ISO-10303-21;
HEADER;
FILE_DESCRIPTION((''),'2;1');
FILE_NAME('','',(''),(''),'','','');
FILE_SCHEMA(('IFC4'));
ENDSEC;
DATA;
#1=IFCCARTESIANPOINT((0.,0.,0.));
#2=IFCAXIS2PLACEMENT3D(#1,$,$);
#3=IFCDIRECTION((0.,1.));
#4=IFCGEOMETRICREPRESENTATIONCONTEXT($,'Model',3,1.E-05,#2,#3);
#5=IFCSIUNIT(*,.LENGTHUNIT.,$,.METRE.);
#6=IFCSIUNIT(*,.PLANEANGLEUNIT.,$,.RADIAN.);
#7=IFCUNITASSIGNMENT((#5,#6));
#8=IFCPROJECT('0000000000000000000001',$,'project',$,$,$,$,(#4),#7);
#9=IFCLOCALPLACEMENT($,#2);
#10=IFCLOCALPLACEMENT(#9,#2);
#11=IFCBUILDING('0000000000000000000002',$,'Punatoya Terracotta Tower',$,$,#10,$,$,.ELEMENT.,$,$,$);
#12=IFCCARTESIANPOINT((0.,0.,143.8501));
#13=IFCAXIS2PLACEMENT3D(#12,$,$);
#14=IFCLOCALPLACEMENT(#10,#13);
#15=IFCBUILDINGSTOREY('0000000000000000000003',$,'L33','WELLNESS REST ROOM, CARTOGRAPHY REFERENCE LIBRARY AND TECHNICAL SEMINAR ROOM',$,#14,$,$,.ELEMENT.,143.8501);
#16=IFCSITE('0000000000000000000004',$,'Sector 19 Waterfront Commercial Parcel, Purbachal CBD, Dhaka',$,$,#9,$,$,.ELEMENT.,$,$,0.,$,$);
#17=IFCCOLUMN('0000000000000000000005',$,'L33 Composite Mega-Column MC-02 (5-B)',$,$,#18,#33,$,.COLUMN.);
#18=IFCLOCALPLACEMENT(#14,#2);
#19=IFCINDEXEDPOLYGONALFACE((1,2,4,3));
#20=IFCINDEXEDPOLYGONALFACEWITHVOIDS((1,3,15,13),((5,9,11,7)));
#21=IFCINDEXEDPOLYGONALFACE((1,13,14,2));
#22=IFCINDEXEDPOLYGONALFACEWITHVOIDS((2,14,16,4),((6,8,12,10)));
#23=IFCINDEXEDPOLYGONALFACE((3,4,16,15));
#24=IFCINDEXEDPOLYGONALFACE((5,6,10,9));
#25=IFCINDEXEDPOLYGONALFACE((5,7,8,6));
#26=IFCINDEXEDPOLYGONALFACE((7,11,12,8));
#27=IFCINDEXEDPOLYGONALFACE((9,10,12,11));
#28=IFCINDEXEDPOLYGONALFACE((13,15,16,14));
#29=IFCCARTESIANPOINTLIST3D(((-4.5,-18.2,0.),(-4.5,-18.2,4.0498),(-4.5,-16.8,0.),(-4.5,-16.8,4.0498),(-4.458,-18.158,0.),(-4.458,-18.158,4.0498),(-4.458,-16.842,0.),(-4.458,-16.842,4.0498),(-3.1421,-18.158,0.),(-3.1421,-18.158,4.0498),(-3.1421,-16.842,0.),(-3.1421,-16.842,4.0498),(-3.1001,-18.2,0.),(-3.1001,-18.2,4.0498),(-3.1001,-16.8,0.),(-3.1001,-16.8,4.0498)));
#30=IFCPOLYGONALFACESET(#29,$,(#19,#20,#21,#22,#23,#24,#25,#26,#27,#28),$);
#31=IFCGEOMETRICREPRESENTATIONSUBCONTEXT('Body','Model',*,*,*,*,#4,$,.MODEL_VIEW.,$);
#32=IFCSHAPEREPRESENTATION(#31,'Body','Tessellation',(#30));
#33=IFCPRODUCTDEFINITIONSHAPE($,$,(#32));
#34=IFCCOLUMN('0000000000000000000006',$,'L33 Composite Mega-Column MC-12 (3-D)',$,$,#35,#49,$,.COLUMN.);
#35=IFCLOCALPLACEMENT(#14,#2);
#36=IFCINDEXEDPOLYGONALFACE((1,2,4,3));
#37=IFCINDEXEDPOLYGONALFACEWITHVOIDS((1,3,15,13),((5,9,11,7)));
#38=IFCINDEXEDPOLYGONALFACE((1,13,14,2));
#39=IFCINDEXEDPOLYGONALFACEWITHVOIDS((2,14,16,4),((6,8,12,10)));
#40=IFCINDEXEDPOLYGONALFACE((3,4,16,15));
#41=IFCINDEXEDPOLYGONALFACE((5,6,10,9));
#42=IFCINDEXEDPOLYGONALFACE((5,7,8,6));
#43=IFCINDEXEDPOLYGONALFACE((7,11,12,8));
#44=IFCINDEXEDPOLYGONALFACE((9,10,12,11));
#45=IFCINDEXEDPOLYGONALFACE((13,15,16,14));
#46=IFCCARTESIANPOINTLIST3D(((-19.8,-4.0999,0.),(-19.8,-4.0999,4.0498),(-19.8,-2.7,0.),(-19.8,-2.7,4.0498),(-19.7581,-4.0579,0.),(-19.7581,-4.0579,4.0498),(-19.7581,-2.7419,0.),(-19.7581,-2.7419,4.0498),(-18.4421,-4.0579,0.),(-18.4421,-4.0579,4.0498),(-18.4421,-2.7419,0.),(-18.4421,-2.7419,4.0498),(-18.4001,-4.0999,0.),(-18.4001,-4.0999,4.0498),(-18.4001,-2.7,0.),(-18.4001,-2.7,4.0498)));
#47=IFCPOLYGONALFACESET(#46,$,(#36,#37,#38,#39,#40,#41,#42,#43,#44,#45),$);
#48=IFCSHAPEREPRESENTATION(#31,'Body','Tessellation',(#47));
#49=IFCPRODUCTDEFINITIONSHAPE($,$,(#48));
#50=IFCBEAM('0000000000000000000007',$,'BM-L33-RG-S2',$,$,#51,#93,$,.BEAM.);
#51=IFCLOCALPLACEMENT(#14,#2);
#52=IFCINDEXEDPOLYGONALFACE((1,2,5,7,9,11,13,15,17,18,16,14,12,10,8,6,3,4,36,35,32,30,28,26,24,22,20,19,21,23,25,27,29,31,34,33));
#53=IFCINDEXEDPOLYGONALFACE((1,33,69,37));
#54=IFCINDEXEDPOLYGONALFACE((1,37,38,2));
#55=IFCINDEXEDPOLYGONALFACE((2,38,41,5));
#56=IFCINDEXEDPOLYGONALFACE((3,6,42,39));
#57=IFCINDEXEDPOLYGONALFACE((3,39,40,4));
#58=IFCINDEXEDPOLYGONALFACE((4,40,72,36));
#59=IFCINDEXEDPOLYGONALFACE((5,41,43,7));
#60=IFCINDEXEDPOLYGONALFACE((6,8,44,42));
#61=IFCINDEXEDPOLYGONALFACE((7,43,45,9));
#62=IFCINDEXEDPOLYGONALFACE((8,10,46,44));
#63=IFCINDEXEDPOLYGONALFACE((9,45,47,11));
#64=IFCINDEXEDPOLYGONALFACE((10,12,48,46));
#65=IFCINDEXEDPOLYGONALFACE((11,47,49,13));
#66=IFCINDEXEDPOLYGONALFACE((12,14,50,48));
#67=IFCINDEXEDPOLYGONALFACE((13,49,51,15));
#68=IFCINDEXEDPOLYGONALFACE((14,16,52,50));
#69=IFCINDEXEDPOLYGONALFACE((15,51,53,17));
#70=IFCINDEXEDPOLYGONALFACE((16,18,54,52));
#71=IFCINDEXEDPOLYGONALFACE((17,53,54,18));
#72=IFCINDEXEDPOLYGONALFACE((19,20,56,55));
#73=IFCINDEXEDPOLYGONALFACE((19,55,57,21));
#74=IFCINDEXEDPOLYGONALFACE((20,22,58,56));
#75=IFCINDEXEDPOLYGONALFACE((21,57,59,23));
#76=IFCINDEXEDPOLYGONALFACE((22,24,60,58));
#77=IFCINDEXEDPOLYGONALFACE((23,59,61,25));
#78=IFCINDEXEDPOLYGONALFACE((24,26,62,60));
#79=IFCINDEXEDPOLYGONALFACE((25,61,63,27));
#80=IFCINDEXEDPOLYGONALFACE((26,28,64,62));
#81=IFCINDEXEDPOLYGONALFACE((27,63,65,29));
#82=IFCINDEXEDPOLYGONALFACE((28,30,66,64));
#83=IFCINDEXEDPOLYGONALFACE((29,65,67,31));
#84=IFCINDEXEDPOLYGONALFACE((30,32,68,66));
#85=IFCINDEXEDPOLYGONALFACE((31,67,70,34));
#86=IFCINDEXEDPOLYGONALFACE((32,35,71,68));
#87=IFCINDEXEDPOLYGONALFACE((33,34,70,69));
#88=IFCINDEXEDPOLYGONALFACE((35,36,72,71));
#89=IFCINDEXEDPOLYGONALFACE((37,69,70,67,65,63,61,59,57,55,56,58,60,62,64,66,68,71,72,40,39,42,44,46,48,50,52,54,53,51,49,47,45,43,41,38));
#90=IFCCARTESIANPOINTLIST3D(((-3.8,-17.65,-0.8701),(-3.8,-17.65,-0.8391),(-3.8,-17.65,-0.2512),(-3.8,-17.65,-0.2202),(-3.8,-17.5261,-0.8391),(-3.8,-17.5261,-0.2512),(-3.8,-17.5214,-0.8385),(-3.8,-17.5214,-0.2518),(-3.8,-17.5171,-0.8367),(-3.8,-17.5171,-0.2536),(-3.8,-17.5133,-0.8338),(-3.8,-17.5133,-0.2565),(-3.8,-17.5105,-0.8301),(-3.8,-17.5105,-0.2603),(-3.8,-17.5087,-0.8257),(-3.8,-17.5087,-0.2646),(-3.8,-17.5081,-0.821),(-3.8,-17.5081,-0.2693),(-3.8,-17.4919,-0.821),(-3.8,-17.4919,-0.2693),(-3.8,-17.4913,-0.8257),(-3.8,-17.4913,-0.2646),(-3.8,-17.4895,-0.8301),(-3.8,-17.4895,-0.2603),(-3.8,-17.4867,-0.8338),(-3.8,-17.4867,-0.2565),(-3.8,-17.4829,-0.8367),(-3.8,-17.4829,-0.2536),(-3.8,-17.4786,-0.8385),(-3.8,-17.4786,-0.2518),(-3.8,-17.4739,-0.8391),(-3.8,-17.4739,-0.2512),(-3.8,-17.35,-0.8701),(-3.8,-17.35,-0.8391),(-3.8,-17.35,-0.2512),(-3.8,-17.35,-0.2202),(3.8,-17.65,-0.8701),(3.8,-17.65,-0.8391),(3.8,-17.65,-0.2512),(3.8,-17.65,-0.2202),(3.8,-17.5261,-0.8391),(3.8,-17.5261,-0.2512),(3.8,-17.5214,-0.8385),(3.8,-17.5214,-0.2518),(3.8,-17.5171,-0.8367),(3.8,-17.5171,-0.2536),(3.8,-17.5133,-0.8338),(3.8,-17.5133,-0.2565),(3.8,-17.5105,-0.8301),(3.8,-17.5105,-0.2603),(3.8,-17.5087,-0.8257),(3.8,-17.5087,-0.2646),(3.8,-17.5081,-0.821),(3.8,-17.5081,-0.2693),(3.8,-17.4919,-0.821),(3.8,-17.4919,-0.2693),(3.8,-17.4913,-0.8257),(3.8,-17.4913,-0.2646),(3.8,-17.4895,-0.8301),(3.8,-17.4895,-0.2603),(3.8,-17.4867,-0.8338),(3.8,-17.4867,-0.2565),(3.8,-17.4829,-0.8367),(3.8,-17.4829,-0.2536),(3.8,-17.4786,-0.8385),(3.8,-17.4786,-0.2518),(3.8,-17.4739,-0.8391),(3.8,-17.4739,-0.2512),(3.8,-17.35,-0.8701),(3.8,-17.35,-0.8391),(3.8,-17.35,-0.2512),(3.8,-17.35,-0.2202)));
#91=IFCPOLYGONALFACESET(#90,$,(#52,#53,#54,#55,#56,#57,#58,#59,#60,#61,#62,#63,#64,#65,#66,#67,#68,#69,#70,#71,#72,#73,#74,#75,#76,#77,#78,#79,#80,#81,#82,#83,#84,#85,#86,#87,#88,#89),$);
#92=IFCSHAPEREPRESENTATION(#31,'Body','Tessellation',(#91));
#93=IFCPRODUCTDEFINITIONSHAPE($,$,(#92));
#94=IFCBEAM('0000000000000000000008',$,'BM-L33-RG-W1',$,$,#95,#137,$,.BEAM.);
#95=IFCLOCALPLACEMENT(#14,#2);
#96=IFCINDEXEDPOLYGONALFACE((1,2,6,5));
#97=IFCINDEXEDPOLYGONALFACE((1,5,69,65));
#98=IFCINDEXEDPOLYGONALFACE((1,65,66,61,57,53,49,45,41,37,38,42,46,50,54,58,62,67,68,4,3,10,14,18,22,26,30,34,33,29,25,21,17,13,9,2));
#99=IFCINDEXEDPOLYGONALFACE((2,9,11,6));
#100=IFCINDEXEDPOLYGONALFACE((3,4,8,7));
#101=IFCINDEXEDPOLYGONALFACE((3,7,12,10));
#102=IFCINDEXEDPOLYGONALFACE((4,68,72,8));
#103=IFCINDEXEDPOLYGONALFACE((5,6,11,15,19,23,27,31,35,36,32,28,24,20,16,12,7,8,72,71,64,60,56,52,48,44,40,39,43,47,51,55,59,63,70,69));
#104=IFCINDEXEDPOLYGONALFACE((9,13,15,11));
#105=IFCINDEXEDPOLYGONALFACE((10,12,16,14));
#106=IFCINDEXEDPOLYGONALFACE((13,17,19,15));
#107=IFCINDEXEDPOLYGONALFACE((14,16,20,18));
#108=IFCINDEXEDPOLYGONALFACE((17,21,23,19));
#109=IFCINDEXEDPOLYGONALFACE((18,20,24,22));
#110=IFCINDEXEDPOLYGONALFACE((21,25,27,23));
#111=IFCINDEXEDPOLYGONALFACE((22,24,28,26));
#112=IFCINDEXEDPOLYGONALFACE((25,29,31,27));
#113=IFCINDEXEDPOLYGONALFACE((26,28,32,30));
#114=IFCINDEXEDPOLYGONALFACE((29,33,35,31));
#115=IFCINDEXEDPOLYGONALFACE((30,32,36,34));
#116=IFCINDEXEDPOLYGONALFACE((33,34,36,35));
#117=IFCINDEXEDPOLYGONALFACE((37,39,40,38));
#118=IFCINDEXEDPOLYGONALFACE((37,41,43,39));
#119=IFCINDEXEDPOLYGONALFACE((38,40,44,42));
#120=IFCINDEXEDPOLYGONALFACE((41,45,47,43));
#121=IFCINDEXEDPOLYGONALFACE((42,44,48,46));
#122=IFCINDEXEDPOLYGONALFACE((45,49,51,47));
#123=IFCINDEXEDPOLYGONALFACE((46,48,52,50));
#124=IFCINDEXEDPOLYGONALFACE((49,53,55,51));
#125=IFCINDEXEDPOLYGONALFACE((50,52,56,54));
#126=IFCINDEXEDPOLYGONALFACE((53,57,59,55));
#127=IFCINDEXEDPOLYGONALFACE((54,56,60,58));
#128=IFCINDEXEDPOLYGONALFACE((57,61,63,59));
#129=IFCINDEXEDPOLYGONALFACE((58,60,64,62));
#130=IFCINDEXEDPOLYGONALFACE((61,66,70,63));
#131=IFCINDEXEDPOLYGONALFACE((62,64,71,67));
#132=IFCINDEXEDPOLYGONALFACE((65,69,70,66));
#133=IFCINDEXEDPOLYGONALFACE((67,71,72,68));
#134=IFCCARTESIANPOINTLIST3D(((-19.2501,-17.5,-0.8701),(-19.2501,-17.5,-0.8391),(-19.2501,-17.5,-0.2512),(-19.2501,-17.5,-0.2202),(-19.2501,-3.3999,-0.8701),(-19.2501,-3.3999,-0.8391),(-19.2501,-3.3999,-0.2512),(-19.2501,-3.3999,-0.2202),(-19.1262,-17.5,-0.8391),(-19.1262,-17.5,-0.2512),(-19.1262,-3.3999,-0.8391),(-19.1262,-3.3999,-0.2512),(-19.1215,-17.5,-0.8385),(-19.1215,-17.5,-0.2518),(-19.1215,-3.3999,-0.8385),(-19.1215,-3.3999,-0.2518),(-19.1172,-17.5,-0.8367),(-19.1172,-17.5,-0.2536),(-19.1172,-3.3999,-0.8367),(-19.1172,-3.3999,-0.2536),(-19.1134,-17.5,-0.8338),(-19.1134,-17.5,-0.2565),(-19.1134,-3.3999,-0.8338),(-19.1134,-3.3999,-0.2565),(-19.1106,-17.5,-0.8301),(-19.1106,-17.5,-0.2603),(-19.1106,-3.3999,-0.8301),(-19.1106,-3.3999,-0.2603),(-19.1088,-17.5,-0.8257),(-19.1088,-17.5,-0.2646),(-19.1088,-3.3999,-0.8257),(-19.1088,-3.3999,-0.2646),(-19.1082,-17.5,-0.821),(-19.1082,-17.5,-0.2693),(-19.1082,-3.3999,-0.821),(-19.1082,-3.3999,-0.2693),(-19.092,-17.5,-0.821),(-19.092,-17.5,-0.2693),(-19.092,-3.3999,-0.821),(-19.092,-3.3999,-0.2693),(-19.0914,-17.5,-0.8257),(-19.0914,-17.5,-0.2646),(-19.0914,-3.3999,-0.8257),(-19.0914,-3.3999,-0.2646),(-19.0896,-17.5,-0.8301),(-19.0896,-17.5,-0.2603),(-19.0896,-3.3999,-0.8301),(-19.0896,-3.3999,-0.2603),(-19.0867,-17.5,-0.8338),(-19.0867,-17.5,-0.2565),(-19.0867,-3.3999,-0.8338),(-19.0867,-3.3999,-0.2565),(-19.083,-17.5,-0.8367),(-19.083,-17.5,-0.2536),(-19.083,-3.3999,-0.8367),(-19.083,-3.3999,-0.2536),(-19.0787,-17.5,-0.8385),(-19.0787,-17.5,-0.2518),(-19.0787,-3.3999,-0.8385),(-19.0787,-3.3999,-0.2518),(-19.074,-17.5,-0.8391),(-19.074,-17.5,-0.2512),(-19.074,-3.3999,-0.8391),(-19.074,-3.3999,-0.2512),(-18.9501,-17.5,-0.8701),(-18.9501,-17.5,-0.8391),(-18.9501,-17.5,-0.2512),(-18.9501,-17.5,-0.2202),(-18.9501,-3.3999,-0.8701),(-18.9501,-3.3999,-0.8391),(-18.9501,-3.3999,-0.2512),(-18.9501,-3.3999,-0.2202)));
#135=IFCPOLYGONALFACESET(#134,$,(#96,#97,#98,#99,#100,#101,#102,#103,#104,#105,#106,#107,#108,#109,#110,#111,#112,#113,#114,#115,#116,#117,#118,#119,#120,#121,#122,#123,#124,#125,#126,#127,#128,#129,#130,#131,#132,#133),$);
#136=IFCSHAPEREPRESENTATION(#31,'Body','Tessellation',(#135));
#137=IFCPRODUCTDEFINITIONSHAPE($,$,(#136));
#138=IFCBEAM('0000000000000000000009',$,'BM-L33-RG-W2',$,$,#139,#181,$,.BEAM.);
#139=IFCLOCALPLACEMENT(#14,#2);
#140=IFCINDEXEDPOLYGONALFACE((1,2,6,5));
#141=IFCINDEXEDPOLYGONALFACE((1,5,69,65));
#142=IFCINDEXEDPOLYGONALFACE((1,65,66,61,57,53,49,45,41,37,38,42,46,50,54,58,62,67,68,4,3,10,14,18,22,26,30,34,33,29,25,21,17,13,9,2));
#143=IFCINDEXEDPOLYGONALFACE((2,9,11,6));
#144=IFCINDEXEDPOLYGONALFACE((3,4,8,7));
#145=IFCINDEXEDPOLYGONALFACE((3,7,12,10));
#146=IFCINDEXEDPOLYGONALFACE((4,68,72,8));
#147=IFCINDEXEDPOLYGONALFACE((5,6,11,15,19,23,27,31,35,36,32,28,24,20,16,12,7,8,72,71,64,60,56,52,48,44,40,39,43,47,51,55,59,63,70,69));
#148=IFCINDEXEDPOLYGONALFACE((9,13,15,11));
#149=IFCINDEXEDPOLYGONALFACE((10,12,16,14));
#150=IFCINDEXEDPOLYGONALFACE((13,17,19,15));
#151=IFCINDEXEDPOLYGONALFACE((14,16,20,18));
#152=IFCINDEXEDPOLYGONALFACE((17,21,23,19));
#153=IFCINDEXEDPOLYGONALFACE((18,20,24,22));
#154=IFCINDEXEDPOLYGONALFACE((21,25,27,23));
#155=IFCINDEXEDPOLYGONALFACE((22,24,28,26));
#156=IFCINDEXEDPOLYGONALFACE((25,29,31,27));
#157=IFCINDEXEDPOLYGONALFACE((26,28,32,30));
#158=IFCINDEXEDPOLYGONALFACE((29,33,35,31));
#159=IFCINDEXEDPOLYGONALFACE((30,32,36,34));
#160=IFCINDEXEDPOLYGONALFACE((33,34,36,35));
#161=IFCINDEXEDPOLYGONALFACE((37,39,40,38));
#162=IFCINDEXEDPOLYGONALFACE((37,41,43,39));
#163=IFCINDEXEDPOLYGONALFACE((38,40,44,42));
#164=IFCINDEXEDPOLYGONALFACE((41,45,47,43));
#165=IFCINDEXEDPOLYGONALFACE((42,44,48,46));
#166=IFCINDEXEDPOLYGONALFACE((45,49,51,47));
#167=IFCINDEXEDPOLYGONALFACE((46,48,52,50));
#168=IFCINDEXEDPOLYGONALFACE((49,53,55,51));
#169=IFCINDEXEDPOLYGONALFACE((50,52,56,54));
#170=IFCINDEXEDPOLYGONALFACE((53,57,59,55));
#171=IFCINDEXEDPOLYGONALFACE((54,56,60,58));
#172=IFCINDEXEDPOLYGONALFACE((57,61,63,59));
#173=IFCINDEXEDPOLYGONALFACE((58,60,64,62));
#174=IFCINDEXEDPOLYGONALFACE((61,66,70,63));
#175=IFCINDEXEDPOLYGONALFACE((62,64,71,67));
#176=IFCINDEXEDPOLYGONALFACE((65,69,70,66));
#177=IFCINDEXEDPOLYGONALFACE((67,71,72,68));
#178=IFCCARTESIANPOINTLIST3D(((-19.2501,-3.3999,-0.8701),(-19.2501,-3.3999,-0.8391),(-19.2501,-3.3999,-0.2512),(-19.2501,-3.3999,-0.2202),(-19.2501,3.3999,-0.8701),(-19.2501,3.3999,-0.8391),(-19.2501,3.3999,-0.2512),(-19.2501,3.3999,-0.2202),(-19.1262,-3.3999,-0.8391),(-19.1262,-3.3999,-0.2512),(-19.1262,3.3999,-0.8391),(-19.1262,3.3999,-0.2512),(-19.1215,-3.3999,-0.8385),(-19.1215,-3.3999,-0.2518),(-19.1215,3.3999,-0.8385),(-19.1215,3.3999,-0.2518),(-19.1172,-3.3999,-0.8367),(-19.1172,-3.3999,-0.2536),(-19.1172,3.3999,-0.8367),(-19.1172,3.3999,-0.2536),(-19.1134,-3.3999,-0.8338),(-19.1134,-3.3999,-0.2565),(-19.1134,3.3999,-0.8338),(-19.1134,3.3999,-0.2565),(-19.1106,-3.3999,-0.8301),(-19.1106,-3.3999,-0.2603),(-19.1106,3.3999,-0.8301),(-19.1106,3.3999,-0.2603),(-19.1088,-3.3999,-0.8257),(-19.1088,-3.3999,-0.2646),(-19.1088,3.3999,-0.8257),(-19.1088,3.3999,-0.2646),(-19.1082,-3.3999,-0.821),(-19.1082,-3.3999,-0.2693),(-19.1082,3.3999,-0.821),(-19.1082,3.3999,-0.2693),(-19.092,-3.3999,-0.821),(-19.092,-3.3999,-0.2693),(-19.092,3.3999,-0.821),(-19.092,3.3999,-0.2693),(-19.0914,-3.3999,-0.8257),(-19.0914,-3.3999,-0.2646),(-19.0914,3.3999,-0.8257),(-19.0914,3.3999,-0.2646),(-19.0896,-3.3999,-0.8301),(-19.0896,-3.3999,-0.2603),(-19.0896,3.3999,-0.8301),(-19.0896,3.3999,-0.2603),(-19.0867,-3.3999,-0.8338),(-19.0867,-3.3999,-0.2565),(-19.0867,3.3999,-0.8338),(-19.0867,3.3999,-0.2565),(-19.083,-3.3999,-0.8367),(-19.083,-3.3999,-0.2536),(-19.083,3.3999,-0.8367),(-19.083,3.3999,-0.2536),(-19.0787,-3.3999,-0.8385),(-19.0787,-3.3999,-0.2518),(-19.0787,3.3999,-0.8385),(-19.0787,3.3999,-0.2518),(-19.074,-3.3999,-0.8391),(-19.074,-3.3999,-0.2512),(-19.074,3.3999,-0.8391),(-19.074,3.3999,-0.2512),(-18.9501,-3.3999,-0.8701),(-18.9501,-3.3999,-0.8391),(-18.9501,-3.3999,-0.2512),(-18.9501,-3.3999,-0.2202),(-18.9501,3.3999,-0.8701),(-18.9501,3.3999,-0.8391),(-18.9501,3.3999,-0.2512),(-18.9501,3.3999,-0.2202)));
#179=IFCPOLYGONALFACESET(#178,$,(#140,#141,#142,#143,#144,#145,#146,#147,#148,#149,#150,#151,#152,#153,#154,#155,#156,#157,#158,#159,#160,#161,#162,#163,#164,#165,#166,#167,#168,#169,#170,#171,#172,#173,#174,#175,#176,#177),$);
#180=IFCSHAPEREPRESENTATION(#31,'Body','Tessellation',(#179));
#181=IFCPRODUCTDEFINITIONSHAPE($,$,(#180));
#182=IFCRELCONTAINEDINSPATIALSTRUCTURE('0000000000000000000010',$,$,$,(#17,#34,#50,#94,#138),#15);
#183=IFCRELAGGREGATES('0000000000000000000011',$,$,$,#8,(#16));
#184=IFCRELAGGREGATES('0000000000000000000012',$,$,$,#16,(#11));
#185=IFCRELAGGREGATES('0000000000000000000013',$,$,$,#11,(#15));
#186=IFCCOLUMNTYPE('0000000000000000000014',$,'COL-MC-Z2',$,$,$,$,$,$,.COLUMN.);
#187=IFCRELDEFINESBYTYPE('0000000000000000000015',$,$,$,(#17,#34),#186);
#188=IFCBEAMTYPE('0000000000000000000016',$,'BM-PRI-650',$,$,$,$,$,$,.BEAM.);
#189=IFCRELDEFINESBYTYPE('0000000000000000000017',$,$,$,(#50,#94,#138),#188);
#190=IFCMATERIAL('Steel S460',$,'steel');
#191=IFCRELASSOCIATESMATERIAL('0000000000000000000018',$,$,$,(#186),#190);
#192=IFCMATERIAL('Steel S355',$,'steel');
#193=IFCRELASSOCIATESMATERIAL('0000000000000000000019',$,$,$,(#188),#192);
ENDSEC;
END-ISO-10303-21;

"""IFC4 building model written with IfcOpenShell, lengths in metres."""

from ifc_helpers import new_model, si_unit, direction, frame, origin, origin_2d, place, context, subcontext, project, spatial, hollow_rectangle, i_section, extrude, material, material_profile, profile_set, type_object, element, save


model = new_model("IFC4")

# Units and contexts
model_context = context("Model", 3, precision=1e-05, world=origin(), true_north=direction((0.0, 1.0)))
body_context = subcontext(model_context, "Body", "Model", "MODEL_VIEW")
ifc_project = project(units=[si_unit("LENGTHUNIT", "METRE"), si_unit("PLANEANGLEUNIT", "RADIAN")], contexts=[model_context])

# Site, building, storey
site_placement = place(None, origin())
site = spatial("IfcSite", under=ifc_project, at=site_placement, Name="Sector 19 Waterfront Commercial Parcel, Purbachal CBD, Dhaka", CompositionType="ELEMENT", RefElevation=0.0)
building_placement = place(site_placement, origin())
building = spatial("IfcBuilding", under=site, at=building_placement, Name="Punatoya Terracotta Tower", CompositionType="ELEMENT")
storey_placement = place(building_placement, frame((0.0, 0.0, 143.8501)))
storey = spatial("IfcBuildingStorey", under=building, at=storey_placement, Name="L33", Description="WELLNESS REST ROOM, CARTOGRAPHY REFERENCE LIBRARY AND TECHNICAL SEMINAR ROOM", CompositionType="ELEMENT", Elevation=143.8501)

# Columns
ifc_material_1 = material(Name="Steel S460", Category="steel")
ifc_material_profile_1 = material_profile(ifc_material_1, hollow_rectangle(XDim=1.3999, YDim=1.3999, WallThickness=0.042, at=origin_2d()))
ifc_profile_set_1 = profile_set([ifc_material_profile_1], Name="Steel S460")
column_type = type_object("IfcColumnType", Name="COL-MC-Z2", PredefinedType="COLUMN", material=ifc_profile_set_1)
for number, where, z_axis, x_axis, name in (
    (1, (-3.8, -17.5, 0.0), (0.0, 0.0, 1.0), (1.0, 0.0, 0.0), "L33 Composite Mega-Column MC-02 (5-B)"),
    (2, (-19.1001, -3.3999, 0.0), (0.0, 0.0, 1.0), (1.0, 0.0, 0.0), "L33 Composite Mega-Column MC-12 (3-D)"),
):
    element("IfcColumn", number, at=place(storey_placement, frame(where, z_axis=z_axis, x_axis=x_axis)), inside=storey, type_object=column_type, Name=name, PredefinedType="COLUMN", context=body_context, shape_type="SweptSolid", body=[
        extrude(hollow_rectangle(XDim=1.3999, YDim=1.3999, WallThickness=0.042, at=origin_2d()), origin(), (0.0, 0.0, 1.0), 4.0498),
    ])

# Beams
ifc_material_2 = material(Name="Steel S355", Category="steel")
ifc_material_profile_2 = material_profile(ifc_material_2, i_section(OverallWidth=0.3, OverallDepth=0.6499, WebThickness=0.0161, FlangeThickness=0.031, FilletRadius=0.0181, at=origin_2d()))
ifc_profile_set_2 = profile_set([ifc_material_profile_2], Name="Steel S355")
beam_type_1 = type_object("IfcBeamType", Name="BM-PRI-650", PredefinedType="BEAM", material=ifc_profile_set_2)
beam_1_placement = place(storey_placement, frame((-3.8, -17.5, -0.5452), z_axis=(1.0, 0.0, 0.0), x_axis=(0.0, 1.0, 0.0)))
element("IfcBeam", 3, at=beam_1_placement, inside=storey, type_object=beam_type_1, Name="BM-L33-RG-S2", PredefinedType="BEAM", context=body_context, shape_type="SweptSolid", body=[
    extrude(i_section(OverallWidth=0.3, OverallDepth=0.6499, WebThickness=0.0161, FlangeThickness=0.031, FilletRadius=0.0181, at=origin_2d()), origin(), (0.0, 0.0, 1.0), 7.6001),
])
beam_2_placement = place(storey_placement, frame((-19.1001, -17.5, -0.5452), z_axis=(0.0, 1.0, 0.0), x_axis=(-1.0, 0.0, 0.0)))
element("IfcBeam", 4, at=beam_2_placement, inside=storey, type_object=beam_type_1, Name="BM-L33-RG-W1", PredefinedType="BEAM", context=body_context, shape_type="SweptSolid", body=[
    extrude(i_section(OverallWidth=0.3, OverallDepth=0.6499, WebThickness=0.0161, FlangeThickness=0.031, FilletRadius=0.0181, at=origin_2d()), origin(), (0.0, 0.0, 1.0), 14.1001),
])
beam_3_placement = place(storey_placement, frame((-19.1001, -3.3999, -0.5452), z_axis=(0.0, 1.0, 0.0), x_axis=(-1.0, 0.0, 0.0)))
element("IfcBeam", 5, at=beam_3_placement, inside=storey, type_object=beam_type_1, Name="BM-L33-RG-W2", PredefinedType="BEAM", context=body_context, shape_type="SweptSolid", body=[
    extrude(i_section(OverallWidth=0.3, OverallDepth=0.6499, WebThickness=0.0161, FlangeThickness=0.031, FilletRadius=0.0181, at=origin_2d()), origin(), (0.0, 0.0, 1.0), 6.7998),
])

save(model, "model.ifc")
